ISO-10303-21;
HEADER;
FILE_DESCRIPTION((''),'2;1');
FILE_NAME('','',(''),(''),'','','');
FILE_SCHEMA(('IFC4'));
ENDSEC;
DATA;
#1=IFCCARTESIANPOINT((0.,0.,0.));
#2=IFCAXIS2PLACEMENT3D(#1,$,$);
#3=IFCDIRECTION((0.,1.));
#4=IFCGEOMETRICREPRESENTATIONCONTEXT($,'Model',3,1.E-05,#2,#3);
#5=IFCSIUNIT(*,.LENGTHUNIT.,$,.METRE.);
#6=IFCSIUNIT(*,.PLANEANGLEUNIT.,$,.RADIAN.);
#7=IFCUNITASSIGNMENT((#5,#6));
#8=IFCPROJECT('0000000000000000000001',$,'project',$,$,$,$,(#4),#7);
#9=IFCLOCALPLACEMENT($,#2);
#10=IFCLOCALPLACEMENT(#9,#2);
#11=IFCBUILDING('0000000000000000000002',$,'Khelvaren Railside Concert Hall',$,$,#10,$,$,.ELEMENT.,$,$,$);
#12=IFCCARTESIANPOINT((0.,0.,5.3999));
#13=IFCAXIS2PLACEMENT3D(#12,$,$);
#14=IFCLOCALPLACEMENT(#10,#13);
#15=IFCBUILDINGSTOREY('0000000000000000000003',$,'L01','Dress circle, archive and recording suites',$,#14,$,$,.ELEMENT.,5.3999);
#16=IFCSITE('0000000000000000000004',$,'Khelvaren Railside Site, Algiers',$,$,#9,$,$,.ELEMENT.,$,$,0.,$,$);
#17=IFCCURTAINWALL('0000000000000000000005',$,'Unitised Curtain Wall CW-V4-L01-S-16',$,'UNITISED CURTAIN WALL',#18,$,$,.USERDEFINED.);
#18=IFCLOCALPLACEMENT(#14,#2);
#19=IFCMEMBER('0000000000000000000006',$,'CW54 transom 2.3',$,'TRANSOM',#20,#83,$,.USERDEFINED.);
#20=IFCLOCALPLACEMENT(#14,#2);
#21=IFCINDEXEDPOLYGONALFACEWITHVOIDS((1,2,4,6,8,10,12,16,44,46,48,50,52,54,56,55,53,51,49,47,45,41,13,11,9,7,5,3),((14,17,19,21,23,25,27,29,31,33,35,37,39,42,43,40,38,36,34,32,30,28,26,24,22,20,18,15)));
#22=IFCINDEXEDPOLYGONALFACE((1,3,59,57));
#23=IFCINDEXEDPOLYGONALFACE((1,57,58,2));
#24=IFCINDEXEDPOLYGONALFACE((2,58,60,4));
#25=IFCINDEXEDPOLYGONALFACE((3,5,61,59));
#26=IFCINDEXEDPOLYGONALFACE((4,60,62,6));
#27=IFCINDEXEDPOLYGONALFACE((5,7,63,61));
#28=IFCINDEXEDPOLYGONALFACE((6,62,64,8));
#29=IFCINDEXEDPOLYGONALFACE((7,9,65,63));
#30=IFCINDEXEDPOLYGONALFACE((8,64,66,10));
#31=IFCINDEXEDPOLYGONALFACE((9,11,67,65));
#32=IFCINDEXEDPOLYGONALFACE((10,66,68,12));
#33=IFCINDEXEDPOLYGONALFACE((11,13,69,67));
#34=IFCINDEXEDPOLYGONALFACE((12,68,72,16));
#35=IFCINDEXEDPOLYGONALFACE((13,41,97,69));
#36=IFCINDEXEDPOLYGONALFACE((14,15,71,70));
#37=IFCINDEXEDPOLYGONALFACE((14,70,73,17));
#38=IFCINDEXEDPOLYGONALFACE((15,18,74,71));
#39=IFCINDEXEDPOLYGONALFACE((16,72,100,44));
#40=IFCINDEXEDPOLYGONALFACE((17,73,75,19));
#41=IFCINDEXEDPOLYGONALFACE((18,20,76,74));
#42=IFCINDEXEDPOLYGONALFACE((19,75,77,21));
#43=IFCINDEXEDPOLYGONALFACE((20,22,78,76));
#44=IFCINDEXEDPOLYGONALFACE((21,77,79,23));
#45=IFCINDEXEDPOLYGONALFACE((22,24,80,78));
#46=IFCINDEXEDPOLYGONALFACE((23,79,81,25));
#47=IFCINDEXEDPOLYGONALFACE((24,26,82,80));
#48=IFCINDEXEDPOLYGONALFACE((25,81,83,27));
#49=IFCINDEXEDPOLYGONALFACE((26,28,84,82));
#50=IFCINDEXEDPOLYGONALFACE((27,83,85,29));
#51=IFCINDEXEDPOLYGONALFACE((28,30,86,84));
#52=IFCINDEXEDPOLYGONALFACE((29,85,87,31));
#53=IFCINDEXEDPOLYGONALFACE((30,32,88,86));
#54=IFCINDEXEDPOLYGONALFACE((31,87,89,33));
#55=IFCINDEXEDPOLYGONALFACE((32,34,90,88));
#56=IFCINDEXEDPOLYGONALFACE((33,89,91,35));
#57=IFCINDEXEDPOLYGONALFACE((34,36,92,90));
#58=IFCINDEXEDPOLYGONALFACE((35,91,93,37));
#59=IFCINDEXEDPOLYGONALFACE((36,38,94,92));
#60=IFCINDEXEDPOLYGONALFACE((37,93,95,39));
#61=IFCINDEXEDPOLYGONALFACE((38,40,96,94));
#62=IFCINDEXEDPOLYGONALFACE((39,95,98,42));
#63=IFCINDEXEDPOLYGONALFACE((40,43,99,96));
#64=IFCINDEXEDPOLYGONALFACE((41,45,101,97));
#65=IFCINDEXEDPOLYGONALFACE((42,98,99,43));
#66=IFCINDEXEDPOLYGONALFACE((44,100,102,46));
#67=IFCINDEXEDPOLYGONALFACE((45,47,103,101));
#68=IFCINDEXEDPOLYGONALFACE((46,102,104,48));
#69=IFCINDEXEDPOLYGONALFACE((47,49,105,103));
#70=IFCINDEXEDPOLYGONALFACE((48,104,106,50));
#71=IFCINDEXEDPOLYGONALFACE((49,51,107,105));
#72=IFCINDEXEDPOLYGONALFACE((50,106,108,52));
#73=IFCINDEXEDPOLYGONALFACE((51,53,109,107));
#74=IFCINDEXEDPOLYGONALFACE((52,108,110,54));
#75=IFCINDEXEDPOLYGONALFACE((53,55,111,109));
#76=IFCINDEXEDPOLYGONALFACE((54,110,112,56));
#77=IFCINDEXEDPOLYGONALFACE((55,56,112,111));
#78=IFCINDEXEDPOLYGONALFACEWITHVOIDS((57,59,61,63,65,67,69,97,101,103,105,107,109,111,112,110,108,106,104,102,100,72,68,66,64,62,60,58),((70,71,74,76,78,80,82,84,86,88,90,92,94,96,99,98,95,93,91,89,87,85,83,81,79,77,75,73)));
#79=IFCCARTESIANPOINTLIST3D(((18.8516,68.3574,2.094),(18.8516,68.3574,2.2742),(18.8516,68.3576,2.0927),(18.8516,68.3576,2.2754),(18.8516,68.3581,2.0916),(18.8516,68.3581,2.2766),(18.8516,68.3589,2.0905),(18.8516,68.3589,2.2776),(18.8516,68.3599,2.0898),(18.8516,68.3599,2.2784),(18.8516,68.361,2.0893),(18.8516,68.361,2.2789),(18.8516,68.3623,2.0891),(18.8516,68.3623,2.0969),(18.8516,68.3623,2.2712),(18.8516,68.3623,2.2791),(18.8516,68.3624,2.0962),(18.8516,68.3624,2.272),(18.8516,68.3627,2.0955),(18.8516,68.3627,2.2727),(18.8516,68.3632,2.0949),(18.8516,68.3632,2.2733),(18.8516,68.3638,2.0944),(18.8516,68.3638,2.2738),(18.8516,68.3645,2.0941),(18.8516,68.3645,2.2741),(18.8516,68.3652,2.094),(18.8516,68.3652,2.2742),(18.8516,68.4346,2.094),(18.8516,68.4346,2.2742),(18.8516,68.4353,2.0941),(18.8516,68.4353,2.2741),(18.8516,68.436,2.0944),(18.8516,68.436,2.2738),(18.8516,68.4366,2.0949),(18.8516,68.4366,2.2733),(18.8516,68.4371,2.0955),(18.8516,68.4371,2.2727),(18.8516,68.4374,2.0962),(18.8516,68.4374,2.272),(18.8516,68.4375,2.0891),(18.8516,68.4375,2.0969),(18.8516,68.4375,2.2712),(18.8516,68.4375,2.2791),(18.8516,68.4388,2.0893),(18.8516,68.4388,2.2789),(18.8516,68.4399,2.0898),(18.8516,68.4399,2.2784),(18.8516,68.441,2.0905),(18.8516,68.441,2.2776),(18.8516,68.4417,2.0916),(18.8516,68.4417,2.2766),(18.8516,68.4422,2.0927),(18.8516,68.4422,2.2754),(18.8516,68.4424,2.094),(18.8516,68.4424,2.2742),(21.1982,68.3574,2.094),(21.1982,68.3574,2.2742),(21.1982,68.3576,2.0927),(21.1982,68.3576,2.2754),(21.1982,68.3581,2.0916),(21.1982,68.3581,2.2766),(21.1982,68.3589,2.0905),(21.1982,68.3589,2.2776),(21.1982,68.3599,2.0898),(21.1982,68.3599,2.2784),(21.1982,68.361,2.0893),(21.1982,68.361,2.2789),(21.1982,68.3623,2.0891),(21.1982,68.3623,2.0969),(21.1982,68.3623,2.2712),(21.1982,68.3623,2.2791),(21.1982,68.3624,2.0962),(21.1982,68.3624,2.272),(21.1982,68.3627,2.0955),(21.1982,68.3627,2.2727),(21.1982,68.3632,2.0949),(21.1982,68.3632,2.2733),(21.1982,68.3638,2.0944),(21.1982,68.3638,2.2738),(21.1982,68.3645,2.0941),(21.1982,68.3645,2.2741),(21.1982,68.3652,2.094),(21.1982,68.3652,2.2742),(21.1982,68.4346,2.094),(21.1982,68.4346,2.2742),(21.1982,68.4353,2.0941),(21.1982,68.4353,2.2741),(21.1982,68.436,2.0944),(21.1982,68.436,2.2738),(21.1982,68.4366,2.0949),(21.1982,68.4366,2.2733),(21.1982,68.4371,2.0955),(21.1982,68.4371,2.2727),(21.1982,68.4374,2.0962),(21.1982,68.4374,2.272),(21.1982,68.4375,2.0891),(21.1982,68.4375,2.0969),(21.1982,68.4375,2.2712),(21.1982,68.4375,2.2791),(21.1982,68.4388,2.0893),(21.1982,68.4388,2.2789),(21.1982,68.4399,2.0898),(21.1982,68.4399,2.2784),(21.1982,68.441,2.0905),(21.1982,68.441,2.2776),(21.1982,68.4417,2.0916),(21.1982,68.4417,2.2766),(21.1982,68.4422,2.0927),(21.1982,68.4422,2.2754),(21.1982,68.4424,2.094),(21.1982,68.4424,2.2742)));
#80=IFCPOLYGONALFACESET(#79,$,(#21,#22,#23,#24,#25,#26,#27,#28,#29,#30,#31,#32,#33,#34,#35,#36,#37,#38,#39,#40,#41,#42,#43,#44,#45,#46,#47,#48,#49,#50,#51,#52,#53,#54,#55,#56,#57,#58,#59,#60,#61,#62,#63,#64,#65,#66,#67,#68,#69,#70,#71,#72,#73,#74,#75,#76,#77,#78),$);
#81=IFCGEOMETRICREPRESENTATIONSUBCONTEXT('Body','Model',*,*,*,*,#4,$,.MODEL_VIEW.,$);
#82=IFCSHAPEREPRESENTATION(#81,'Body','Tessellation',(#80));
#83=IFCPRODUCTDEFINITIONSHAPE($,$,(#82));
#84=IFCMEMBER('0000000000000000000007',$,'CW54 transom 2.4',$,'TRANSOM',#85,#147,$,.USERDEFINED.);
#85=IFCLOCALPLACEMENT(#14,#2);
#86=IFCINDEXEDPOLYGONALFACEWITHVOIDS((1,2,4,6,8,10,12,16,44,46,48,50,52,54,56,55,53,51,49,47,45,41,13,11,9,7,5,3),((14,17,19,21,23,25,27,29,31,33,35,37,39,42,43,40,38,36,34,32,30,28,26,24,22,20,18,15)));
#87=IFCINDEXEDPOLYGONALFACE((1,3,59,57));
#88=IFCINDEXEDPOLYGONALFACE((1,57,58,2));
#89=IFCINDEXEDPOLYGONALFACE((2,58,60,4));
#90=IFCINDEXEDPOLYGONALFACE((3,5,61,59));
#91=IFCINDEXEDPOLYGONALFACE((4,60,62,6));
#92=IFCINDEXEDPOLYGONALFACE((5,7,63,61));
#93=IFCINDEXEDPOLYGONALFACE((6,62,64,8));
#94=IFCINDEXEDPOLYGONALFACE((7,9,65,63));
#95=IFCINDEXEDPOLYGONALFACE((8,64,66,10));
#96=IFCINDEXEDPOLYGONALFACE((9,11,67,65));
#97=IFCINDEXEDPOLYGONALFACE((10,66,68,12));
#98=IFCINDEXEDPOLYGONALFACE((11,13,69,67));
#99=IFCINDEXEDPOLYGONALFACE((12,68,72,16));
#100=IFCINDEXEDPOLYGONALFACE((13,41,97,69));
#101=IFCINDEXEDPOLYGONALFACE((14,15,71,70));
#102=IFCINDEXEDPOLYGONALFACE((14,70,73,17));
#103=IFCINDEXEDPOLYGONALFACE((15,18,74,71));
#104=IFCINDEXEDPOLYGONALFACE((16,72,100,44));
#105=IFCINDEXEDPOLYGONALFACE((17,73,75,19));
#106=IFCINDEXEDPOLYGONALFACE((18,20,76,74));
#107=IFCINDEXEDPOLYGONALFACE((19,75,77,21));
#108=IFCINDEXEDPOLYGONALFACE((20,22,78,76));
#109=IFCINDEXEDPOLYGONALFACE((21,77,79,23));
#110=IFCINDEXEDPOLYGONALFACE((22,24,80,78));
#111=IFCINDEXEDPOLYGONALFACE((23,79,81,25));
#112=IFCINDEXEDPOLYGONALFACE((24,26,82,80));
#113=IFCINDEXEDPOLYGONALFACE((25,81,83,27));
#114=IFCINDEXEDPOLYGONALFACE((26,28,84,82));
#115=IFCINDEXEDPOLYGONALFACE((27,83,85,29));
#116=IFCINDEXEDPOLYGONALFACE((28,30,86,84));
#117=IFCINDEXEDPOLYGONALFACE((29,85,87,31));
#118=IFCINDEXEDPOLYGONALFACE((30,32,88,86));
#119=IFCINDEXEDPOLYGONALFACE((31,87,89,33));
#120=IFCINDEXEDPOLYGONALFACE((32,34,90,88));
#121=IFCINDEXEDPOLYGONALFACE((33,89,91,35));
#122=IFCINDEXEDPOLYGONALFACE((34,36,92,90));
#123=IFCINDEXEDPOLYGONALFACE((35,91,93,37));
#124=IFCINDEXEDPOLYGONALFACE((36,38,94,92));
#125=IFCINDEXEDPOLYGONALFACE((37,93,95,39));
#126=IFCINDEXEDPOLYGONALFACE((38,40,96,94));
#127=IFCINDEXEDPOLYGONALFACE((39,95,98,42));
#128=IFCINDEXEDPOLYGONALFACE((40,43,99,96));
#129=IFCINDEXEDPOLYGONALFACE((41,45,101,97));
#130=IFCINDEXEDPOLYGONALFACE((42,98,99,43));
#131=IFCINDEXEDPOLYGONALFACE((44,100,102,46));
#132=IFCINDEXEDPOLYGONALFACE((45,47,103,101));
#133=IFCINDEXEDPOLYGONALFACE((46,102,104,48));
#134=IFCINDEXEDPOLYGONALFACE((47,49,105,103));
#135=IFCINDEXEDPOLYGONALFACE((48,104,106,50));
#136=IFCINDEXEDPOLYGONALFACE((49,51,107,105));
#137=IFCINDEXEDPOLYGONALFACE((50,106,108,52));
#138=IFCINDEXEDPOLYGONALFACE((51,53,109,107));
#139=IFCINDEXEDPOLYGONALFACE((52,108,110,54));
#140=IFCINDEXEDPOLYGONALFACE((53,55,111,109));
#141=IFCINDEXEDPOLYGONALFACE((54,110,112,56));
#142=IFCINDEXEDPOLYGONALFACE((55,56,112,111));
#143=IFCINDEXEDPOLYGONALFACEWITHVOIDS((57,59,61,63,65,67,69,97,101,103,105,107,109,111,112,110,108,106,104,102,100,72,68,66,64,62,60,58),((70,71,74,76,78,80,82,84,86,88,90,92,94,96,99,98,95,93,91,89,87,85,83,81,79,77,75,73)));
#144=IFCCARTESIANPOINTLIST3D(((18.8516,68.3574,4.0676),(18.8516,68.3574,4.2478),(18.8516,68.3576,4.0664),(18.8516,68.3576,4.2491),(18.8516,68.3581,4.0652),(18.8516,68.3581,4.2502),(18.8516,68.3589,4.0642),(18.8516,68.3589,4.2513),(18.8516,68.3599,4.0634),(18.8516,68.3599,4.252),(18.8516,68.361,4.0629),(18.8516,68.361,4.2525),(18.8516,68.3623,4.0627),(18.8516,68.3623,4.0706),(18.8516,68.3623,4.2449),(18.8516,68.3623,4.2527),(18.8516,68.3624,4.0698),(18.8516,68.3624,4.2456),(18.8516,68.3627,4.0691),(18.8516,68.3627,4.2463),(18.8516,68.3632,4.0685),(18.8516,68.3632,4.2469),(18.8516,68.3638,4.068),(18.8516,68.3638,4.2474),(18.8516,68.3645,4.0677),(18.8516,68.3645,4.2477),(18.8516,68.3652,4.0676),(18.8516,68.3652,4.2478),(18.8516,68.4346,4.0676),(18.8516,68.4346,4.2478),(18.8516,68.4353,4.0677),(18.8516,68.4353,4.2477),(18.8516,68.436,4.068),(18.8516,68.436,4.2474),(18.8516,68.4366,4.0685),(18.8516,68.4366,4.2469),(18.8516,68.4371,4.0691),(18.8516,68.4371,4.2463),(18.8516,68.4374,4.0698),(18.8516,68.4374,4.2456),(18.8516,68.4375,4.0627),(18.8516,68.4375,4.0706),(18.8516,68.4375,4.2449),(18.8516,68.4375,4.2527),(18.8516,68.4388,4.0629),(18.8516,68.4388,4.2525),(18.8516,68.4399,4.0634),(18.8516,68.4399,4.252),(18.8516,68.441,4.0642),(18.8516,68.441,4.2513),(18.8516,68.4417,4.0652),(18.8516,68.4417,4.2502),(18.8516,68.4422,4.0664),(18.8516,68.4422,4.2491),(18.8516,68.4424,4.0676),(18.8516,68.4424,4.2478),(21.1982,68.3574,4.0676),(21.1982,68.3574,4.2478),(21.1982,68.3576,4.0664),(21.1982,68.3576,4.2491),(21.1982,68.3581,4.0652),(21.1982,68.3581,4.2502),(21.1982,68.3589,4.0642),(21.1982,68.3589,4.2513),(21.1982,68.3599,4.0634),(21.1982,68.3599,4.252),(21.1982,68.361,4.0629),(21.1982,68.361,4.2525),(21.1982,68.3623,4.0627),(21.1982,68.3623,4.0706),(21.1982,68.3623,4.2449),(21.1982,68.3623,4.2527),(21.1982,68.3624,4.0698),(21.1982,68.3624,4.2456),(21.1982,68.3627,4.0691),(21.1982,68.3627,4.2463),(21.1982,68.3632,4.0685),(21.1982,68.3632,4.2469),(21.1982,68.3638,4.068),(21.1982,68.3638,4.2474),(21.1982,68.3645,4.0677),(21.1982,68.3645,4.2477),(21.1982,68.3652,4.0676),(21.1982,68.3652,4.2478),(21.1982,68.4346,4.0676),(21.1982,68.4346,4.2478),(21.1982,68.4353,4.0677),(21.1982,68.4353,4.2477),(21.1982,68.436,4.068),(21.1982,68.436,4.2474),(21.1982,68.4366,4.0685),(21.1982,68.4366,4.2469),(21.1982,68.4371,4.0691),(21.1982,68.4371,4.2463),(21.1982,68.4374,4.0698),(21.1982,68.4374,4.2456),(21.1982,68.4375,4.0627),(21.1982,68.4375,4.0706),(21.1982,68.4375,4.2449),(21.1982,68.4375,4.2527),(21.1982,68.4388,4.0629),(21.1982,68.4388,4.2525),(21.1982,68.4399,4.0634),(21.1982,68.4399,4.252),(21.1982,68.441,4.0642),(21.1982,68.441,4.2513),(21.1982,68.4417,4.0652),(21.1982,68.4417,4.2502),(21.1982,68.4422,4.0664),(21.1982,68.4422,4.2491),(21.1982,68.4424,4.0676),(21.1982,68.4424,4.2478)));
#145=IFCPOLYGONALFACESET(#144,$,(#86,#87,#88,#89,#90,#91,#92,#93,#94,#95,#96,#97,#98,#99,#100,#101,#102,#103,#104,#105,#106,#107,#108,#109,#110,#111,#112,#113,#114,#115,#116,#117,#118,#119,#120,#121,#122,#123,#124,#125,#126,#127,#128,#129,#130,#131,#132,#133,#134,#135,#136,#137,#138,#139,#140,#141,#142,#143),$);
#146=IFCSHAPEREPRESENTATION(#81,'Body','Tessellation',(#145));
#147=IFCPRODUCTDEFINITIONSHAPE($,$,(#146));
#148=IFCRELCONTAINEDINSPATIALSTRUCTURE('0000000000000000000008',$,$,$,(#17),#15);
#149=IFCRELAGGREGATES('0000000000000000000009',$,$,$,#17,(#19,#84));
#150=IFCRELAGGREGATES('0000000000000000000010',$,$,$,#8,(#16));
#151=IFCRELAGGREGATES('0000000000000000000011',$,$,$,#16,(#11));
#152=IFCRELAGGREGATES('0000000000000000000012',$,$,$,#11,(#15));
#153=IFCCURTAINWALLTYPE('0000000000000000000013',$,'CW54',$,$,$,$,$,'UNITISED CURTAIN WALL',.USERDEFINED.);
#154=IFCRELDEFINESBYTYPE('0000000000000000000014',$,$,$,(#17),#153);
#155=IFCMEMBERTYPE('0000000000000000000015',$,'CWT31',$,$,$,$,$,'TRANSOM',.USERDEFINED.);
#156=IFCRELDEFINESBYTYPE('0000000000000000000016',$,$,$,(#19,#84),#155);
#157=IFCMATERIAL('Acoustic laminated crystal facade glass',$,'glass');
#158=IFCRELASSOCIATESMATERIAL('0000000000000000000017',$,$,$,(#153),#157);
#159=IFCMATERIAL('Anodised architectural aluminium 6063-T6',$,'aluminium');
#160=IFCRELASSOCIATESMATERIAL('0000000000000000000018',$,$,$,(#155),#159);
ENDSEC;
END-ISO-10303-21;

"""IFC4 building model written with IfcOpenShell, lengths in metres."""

from ifc_helpers import new_model, si_unit, direction, frame, origin, origin_2d, place, context, subcontext, project, spatial, hollow_rectangle, extrude, material, material_profile, profile_set, type_object, element, aggregate, save


model = new_model("IFC4")

# Units and contexts
model_context = context("Model", 3, precision=1e-05, world=origin(), true_north=direction((0.0, 1.0)))
body_context = subcontext(model_context, "Body", "Model", "MODEL_VIEW")
ifc_project = project(units=[si_unit("LENGTHUNIT", "METRE"), si_unit("PLANEANGLEUNIT", "RADIAN")], contexts=[model_context])

# Site, building, storey
site_placement = place(None, origin())
site = spatial("IfcSite", under=ifc_project, at=site_placement, Name="Khelvaren Railside Site, Algiers", CompositionType="ELEMENT", RefElevation=0.0)
building_placement = place(site_placement, origin())
building = spatial("IfcBuilding", under=site, at=building_placement, Name="Khelvaren Railside Concert Hall", CompositionType="ELEMENT")
storey_placement = place(building_placement, frame((0.0, 0.0, 5.3999)))
storey = spatial("IfcBuildingStorey", under=building, at=storey_placement, Name="L01", Description="Dress circle, archive and recording suites", CompositionType="ELEMENT", Elevation=5.3999)

# Curtain wall, members
ifc_material_1 = material(Name="Acoustic laminated crystal facade glass", Category="glass")
curtain_wall_type = type_object("IfcCurtainWallType", Name="CW54", ElementType="UNITISED CURTAIN WALL", PredefinedType="USERDEFINED", material=ifc_material_1)
curtain_wall_placement = place(storey_placement, origin())
curtain_wall = element("IfcCurtainWall", 1, at=curtain_wall_placement, inside=storey, type_object=curtain_wall_type, Name="Unitised Curtain Wall CW-V4-L01-S-16", ObjectType="UNITISED CURTAIN WALL", PredefinedType="USERDEFINED")
ifc_material_2 = material(Name="Anodised architectural aluminium 6063-T6", Category="aluminium")
ifc_material_profile_1 = material_profile(ifc_material_2, hollow_rectangle(XDim=0.085, YDim=0.1899, WallThickness=0.0049, InnerFilletRadius=0.0029, OuterFilletRadius=0.0049, at=origin_2d()), Name="CWT 85x190x5")
ifc_profile_set_1 = profile_set([ifc_material_profile_1], Name="Anodised architectural aluminium 6063-T6")
member_type_1 = type_object("IfcMemberType", Name="CWT31", ElementType="TRANSOM", PredefinedType="USERDEFINED", material=ifc_profile_set_1)
member_1_placement = place(storey_placement, frame((21.1982, 68.3999, 2.1841), z_axis=(-1.0, 0.0, 0.0), x_axis=(0.0, -1.0, 0.0)))
member_1 = element("IfcMember", 2, at=member_1_placement, type_object=member_type_1, Name="CW54 transom 2.3", ObjectType="TRANSOM", PredefinedType="USERDEFINED", context=body_context, shape_type="SweptSolid", body=[
    extrude(hollow_rectangle(XDim=0.085, YDim=0.1899, WallThickness=0.0049, InnerFilletRadius=0.0029, OuterFilletRadius=0.0049, at=origin_2d()), origin(), (0.0, 0.0, 1.0), 2.3467),
])
member_2_placement = place(storey_placement, frame((21.1982, 68.3999, 4.1577), z_axis=(-1.0, 0.0, 0.0), x_axis=(0.0, -1.0, 0.0)))
member_2 = element("IfcMember", 3, at=member_2_placement, type_object=member_type_1, Name="CW54 transom 2.4", ObjectType="TRANSOM", PredefinedType="USERDEFINED", context=body_context, shape_type="SweptSolid", body=[
    extrude(hollow_rectangle(XDim=0.085, YDim=0.1899, WallThickness=0.0049, InnerFilletRadius=0.0029, OuterFilletRadius=0.0049, at=origin_2d()), origin(), (0.0, 0.0, 1.0), 2.3467),
])

aggregate(curtain_wall, [member_1, member_2])

save(model, "model.ifc")
